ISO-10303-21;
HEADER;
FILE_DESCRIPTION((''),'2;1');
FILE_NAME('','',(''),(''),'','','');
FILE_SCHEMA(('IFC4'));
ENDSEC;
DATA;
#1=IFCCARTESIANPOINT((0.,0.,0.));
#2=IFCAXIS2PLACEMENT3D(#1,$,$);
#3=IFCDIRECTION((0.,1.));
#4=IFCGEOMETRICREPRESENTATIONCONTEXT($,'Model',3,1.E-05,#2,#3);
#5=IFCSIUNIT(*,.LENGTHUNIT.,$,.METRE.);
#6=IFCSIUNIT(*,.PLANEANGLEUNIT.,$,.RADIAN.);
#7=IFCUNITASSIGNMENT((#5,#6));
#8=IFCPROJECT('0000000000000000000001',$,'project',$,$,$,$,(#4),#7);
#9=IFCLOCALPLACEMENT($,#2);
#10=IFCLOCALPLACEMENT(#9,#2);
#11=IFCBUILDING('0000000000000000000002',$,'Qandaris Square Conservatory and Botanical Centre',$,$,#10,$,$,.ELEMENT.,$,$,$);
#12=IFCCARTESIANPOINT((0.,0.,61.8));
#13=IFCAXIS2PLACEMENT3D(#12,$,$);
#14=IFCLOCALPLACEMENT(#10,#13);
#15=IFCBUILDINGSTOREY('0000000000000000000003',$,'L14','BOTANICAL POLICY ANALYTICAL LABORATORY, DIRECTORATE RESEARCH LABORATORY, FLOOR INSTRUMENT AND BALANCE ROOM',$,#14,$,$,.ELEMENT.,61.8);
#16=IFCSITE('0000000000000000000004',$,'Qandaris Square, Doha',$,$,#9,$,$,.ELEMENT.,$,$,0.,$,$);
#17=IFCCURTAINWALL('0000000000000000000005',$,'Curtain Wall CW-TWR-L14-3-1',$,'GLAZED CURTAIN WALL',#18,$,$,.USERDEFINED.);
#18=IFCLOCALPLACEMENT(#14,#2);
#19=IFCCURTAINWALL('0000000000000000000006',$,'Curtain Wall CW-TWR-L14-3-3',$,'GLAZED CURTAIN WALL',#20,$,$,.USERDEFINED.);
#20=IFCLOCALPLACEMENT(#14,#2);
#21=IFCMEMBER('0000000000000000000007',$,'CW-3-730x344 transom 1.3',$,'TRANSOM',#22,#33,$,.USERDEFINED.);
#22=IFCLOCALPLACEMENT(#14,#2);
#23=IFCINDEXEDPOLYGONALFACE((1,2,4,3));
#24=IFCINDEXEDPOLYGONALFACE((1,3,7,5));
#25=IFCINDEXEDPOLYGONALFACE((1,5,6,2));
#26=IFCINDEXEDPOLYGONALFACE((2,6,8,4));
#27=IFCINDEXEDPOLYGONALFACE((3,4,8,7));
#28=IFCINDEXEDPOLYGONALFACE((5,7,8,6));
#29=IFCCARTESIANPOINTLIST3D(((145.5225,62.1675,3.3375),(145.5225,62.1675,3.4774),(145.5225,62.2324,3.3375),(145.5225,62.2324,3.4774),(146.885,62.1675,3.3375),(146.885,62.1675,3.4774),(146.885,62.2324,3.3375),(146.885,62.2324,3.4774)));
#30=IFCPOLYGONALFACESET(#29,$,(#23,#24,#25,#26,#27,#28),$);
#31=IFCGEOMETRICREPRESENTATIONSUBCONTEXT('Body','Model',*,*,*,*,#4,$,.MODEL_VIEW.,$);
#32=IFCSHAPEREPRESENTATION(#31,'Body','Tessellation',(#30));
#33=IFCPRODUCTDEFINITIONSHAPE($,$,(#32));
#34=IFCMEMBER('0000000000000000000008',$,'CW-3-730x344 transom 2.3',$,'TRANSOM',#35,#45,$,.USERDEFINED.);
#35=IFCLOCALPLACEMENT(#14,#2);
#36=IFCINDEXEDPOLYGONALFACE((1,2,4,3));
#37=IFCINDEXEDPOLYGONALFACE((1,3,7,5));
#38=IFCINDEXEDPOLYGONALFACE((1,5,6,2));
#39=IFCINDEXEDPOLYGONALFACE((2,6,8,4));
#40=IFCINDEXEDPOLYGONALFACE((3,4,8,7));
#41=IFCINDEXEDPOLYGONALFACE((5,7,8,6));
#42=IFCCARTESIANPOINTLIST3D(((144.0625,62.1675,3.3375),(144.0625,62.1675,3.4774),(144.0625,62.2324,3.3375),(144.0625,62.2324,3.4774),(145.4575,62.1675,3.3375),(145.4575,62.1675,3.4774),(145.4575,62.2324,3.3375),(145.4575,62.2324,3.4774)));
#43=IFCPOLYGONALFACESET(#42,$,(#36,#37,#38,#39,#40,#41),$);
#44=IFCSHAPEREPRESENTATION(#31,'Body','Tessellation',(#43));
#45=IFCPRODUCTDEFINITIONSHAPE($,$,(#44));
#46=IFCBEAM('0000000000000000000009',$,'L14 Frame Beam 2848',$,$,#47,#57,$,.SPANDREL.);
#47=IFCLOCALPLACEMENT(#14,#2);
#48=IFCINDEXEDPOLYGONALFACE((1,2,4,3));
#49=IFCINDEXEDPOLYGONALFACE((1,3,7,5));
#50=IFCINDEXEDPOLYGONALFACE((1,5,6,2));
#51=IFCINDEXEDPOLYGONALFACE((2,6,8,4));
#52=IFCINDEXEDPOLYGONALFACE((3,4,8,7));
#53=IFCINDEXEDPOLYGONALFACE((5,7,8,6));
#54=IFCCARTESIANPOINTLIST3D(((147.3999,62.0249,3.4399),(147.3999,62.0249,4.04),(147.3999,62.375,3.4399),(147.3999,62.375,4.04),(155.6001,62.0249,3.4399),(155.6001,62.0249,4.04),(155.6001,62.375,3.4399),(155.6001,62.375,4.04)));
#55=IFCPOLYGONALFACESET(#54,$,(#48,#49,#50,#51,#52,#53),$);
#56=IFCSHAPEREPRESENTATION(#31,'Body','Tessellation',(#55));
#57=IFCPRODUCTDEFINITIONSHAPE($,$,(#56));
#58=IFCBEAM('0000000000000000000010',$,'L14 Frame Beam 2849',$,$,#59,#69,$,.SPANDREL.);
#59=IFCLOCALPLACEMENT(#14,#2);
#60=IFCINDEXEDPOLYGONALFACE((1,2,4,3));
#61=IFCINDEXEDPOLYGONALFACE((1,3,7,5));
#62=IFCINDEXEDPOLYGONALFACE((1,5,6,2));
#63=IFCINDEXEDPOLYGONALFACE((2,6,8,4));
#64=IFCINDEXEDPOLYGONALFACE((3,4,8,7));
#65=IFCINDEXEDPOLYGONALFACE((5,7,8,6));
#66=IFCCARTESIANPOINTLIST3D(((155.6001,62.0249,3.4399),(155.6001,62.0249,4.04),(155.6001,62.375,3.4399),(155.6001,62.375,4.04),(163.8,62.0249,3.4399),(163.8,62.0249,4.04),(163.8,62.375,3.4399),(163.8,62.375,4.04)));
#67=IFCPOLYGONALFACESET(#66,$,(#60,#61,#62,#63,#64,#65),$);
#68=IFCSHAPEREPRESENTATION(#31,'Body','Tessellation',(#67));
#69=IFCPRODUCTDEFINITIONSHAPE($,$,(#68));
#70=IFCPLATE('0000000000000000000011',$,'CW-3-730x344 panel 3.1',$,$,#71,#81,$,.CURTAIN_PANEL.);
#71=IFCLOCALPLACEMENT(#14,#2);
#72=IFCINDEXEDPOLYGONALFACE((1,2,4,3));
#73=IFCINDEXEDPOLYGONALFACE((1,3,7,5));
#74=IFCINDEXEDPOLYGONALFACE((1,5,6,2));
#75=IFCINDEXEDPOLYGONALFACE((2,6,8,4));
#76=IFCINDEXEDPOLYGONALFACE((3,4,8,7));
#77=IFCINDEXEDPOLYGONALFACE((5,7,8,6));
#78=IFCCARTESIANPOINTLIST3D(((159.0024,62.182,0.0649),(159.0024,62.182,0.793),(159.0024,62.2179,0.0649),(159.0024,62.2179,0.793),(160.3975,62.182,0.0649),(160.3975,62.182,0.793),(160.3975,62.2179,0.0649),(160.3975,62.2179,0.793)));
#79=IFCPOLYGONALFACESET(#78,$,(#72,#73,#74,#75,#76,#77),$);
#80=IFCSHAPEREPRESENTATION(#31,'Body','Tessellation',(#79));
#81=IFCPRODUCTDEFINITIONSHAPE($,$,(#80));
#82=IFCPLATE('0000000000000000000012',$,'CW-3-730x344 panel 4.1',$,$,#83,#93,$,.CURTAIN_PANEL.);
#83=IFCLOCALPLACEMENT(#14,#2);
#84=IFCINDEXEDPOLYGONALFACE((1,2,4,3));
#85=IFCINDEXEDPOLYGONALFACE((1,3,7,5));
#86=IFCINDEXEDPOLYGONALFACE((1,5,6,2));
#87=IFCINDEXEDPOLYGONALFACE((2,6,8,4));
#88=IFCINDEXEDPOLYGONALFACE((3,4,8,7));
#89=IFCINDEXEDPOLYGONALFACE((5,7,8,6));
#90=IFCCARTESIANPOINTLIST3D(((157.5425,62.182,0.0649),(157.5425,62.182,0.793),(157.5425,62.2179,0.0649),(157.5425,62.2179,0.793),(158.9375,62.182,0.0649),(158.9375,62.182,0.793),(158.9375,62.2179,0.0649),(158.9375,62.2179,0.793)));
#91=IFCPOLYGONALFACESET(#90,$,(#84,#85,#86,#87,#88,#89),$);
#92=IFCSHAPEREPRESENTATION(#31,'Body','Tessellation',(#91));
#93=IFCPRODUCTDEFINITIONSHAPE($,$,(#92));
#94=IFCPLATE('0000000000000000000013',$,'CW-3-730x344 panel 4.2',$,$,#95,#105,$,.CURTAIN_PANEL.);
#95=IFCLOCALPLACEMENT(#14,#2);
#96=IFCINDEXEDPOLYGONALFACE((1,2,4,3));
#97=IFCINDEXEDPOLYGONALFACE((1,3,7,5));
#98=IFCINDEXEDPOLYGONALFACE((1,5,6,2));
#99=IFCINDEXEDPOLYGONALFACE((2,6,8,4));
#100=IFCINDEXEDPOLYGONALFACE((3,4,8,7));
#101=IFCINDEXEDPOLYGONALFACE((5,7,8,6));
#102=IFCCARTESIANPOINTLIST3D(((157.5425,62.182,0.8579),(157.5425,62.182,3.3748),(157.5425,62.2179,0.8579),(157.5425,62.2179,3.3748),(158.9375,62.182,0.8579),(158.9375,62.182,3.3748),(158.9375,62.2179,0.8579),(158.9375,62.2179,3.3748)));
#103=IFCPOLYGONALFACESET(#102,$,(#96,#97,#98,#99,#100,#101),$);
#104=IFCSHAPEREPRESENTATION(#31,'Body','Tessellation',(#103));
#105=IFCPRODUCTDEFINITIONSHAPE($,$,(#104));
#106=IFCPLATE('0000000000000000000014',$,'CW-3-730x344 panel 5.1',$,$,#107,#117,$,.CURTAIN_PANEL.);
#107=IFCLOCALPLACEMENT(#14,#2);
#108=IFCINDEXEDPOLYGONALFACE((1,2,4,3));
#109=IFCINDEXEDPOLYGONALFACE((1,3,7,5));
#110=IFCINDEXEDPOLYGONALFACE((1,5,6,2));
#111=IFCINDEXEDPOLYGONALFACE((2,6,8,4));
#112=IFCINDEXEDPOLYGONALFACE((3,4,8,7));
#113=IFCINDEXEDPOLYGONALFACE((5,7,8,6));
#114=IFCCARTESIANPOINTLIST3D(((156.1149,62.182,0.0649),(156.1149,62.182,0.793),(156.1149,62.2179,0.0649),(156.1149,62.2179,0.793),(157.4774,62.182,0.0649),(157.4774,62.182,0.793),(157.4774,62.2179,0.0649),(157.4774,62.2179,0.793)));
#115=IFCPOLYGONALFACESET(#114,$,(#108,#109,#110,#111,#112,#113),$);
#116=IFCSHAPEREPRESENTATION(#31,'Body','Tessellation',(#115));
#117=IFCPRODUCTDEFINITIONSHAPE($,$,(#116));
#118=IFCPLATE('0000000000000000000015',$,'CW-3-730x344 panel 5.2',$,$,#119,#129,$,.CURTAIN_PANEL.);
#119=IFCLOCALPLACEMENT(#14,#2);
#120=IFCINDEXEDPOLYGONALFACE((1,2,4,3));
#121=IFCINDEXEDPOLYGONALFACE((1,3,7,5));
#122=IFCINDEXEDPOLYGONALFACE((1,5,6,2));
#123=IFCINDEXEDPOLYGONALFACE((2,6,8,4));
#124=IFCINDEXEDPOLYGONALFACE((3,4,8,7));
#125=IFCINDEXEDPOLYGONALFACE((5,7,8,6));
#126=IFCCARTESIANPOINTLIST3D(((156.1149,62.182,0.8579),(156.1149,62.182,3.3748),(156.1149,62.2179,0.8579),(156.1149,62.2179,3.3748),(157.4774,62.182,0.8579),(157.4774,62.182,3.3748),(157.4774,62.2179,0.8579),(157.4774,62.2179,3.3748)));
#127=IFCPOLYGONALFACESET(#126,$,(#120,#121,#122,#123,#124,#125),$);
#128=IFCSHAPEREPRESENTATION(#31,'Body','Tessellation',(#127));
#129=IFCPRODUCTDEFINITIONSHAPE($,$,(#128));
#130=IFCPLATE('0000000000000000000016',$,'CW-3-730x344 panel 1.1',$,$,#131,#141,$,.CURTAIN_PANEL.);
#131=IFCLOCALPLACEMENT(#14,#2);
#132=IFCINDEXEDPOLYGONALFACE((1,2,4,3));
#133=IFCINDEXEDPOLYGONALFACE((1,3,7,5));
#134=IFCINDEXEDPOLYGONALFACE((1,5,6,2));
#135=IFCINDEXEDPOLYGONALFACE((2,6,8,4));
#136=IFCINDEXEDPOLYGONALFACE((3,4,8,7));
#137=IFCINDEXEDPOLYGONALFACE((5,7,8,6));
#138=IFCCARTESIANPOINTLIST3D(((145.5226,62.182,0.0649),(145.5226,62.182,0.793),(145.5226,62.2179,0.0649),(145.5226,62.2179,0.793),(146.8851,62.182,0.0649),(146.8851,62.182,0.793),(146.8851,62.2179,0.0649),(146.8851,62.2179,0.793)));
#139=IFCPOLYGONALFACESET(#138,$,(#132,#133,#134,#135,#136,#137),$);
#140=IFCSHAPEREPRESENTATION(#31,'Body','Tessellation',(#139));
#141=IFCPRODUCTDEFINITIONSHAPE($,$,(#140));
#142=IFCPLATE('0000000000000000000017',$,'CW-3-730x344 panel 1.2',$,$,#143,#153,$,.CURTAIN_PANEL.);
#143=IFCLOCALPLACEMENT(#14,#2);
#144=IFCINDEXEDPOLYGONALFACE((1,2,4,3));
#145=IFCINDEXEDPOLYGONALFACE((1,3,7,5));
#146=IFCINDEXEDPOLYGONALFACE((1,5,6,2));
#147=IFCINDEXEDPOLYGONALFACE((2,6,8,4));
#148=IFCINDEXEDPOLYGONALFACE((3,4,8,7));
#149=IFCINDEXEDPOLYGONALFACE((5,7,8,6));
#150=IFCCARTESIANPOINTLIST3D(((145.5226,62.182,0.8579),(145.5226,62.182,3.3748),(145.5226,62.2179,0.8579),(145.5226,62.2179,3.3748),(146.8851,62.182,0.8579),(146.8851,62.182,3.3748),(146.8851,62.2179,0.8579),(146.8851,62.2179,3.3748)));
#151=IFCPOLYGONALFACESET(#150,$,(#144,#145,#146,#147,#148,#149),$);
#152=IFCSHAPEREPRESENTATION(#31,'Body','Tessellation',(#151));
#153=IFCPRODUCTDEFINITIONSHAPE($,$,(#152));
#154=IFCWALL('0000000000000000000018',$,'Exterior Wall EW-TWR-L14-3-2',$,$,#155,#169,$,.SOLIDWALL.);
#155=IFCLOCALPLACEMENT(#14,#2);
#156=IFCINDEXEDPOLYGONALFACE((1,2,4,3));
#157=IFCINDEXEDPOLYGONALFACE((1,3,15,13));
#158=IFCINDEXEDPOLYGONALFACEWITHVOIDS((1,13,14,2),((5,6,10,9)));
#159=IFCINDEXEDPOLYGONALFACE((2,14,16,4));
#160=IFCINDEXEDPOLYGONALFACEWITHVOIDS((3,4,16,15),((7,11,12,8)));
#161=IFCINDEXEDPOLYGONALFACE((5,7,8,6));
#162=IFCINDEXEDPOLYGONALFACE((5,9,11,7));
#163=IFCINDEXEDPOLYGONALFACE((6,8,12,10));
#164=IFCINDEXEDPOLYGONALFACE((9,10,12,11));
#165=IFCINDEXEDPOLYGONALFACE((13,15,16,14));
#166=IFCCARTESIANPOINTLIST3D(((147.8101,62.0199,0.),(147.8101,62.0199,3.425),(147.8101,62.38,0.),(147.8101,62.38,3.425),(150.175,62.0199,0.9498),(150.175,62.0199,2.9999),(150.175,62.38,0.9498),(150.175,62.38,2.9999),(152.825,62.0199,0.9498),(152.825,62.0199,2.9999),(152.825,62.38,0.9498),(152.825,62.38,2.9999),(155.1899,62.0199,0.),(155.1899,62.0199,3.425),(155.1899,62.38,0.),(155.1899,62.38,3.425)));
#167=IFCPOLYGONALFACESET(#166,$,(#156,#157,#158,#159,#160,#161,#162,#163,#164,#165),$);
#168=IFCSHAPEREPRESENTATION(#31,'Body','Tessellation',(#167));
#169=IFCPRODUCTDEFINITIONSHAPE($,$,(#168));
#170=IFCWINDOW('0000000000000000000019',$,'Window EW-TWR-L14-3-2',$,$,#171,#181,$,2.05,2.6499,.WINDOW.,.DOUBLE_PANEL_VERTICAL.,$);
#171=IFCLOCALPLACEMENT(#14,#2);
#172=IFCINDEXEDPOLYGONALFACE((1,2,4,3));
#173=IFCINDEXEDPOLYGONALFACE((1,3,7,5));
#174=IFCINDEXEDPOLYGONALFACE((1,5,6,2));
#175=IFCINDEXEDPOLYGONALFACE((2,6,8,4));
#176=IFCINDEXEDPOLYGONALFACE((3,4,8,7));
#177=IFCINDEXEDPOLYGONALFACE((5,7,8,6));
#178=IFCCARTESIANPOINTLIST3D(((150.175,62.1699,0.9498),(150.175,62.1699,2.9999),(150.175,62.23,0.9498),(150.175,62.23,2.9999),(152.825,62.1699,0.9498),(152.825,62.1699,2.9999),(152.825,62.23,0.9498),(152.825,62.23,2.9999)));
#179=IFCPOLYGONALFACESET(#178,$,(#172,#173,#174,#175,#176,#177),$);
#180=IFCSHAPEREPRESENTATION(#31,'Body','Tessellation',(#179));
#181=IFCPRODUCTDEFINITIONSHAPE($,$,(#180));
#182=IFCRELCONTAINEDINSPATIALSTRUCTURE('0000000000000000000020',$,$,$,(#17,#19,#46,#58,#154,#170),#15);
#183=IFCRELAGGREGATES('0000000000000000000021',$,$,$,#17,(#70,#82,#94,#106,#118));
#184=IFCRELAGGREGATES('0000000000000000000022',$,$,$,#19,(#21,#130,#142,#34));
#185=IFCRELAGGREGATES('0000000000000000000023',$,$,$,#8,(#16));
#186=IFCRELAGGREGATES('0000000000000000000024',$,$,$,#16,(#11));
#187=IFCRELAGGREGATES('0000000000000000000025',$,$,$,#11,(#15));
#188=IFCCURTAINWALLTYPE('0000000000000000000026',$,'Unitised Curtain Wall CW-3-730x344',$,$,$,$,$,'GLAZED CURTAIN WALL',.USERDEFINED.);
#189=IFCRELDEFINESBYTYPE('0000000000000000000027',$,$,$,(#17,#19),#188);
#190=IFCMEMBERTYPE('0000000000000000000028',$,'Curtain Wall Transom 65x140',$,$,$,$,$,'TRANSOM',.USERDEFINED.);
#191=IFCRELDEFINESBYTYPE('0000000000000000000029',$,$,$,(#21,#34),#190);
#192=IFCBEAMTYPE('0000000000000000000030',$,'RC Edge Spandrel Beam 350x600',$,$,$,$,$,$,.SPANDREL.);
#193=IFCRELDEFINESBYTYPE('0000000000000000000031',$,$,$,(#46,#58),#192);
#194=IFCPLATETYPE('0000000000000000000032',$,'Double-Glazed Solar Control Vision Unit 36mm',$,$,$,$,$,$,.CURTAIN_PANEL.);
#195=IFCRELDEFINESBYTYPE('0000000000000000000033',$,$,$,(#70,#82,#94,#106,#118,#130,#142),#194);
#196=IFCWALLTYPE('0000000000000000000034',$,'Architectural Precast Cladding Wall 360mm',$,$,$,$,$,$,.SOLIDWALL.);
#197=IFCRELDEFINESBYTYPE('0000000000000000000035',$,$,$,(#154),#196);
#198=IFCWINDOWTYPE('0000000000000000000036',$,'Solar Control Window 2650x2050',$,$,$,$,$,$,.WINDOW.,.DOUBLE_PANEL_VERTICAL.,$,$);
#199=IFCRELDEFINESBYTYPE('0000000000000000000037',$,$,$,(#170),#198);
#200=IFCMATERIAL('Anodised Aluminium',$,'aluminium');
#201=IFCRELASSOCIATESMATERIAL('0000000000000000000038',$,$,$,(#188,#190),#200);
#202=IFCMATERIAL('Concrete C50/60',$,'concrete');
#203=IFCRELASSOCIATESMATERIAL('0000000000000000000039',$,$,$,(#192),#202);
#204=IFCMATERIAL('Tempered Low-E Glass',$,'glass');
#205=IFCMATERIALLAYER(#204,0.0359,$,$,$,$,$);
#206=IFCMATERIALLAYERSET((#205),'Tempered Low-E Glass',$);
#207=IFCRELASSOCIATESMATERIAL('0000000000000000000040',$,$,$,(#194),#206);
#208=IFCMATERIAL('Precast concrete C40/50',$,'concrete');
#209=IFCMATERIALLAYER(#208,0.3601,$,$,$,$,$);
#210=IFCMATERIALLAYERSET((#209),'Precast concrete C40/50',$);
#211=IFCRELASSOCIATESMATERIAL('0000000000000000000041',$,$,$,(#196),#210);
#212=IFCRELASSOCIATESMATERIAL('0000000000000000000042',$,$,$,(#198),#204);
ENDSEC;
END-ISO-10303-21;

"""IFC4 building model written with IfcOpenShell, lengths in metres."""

from ifc_helpers import new_model, si_unit, direction, frame, frame_2d, origin, origin_2d, place, context, subcontext, project, spatial, rectangle, extrude, material, layer, layer_set, material_profile, profile_set, type_object, element, fill, aggregate, save


model = new_model("IFC4")

# Units and contexts
model_context = context("Model", 3, precision=1e-05, world=origin(), true_north=direction((0.0, 1.0)))
body_context = subcontext(model_context, "Body", "Model", "MODEL_VIEW")
ifc_project = project(units=[si_unit("LENGTHUNIT", "METRE"), si_unit("PLANEANGLEUNIT", "RADIAN")], contexts=[model_context])

# Site, building, storey
site_placement = place(None, origin())
site = spatial("IfcSite", under=ifc_project, at=site_placement, Name="Qandaris Square, Doha", CompositionType="ELEMENT", RefElevation=0.0)
building_placement = place(site_placement, origin())
building = spatial("IfcBuilding", under=site, at=building_placement, Name="Qandaris Square Conservatory and Botanical Centre", CompositionType="ELEMENT")
storey_placement = place(building_placement, frame((0.0, 0.0, 61.8)))
storey = spatial("IfcBuildingStorey", under=building, at=storey_placement, Name="L14", Description="BOTANICAL POLICY ANALYTICAL LABORATORY, DIRECTORATE RESEARCH LABORATORY, FLOOR INSTRUMENT AND BALANCE ROOM", CompositionType="ELEMENT", Elevation=61.8)

# Shared definitions
ifc_material_1 = material(Name="Concrete C50/60", Category="concrete")

# Curtain walls
ifc_material_2 = material(Name="Anodised Aluminium", Category="aluminium")
curtain_wall_type = type_object("IfcCurtainWallType", Name="Unitised Curtain Wall CW-3-730x344", ElementType="GLAZED CURTAIN WALL", PredefinedType="USERDEFINED", material=ifc_material_2)
curtain_wall_1_placement = place(storey_placement, origin())
curtain_wall_1 = element("IfcCurtainWall", 1, at=curtain_wall_1_placement, inside=storey, type_object=curtain_wall_type, Name="Curtain Wall CW-TWR-L14-3-1", ObjectType="GLAZED CURTAIN WALL", PredefinedType="USERDEFINED")
curtain_wall_2_placement = place(storey_placement, origin())
curtain_wall_2 = element("IfcCurtainWall", 2, at=curtain_wall_2_placement, inside=storey, type_object=curtain_wall_type, Name="Curtain Wall CW-TWR-L14-3-3", ObjectType="GLAZED CURTAIN WALL", PredefinedType="USERDEFINED")

# Members
ifc_material_profile_1 = material_profile(ifc_material_2, rectangle(XDim=0.0649, YDim=0.1399, at=origin_2d()), Name="ALU-TRN 65x140")
ifc_profile_set_1 = profile_set([ifc_material_profile_1], Name="Anodised Aluminium")
member_type_1 = type_object("IfcMemberType", Name="Curtain Wall Transom 65x140", ElementType="TRANSOM", PredefinedType="USERDEFINED", material=ifc_profile_set_1)
member_1_placement = place(storey_placement, frame((146.885, 62.2, 3.4075), z_axis=(-1.0, 0.0, 0.0), x_axis=(0.0, -1.0, 0.0)))
member_1 = element("IfcMember", 3, at=member_1_placement, type_object=member_type_1, Name="CW-3-730x344 transom 1.3", ObjectType="TRANSOM", PredefinedType="USERDEFINED", context=body_context, shape_type="SweptSolid", body=[
    extrude(rectangle(XDim=0.0649, YDim=0.1399, at=origin_2d()), origin(), (0.0, 0.0, 1.0), 1.3625),
])
member_2_placement = place(storey_placement, frame((145.4575, 62.2, 3.4075), z_axis=(-1.0, 0.0, 0.0), x_axis=(0.0, -1.0, 0.0)))
member_2 = element("IfcMember", 4, at=member_2_placement, type_object=member_type_1, Name="CW-3-730x344 transom 2.3", ObjectType="TRANSOM", PredefinedType="USERDEFINED", context=body_context, shape_type="SweptSolid", body=[
    extrude(rectangle(XDim=0.0649, YDim=0.1399, at=origin_2d()), origin(), (0.0, 0.0, 1.0), 1.395),
])

# Beams
ifc_material_profile_2 = material_profile(ifc_material_1, rectangle(XDim=0.3501, YDim=0.6001, at=origin_2d()), Name="RC-SP 350x600")
ifc_profile_set_2 = profile_set([ifc_material_profile_2], Name="Concrete C50/60")
beam_type = type_object("IfcBeamType", Name="RC Edge Spandrel Beam 350x600", PredefinedType="SPANDREL", material=ifc_profile_set_2)
beam_1_placement = place(storey_placement, frame((147.3999, 62.2, 3.74), z_axis=(1.0, 0.0, 0.0), x_axis=(0.0, 1.0, 0.0)))
element("IfcBeam", 5, at=beam_1_placement, inside=storey, type_object=beam_type, Name="L14 Frame Beam 2848", PredefinedType="SPANDREL", context=body_context, shape_type="SweptSolid", body=[
    extrude(rectangle(XDim=0.3501, YDim=0.6001, at=origin_2d()), origin(), (0.0, 0.0, 1.0), 8.2002),
])
beam_2_placement = place(storey_placement, frame((155.6001, 62.2, 3.74), z_axis=(1.0, 0.0, 0.0), x_axis=(0.0, 1.0, 0.0)))
element("IfcBeam", 6, at=beam_2_placement, inside=storey, type_object=beam_type, Name="L14 Frame Beam 2849", PredefinedType="SPANDREL", context=body_context, shape_type="SweptSolid", body=[
    extrude(rectangle(XDim=0.3501, YDim=0.6001, at=origin_2d()), origin(), (0.0, 0.0, 1.0), 8.2),
])

# Plates
ifc_material_3 = material(Name="Tempered Low-E Glass", Category="glass")
ifc_layer_1 = layer(ifc_material_3, 0.0359)
ifc_layer_set_1 = layer_set([ifc_layer_1], Name="Tempered Low-E Glass")
plate_type = type_object("IfcPlateType", Name="Double-Glazed Solar Control Vision Unit 36mm", PredefinedType="CURTAIN_PANEL", material=ifc_layer_set_1)
plate_1_placement = place(storey_placement, frame((159.7, 62.2, 0.0649), z_axis=(0.0, 0.0, 1.0), x_axis=(-1.0, 0.0, 0.0)))
plate_1 = element("IfcPlate", 7, at=plate_1_placement, type_object=plate_type, Name="CW-3-730x344 panel 3.1", PredefinedType="CURTAIN_PANEL", context=body_context, shape_type="SweptSolid", body=[
    extrude(rectangle(XDim=1.395, YDim=0.0359, at=origin_2d()), origin(), (0.0, 0.0, 1.0), 0.728),
])
plate_2_placement = place(storey_placement, frame((158.24, 62.2, 0.0649), z_axis=(0.0, 0.0, 1.0), x_axis=(-1.0, 0.0, 0.0)))
plate_2 = element("IfcPlate", 8, at=plate_2_placement, type_object=plate_type, Name="CW-3-730x344 panel 4.1", PredefinedType="CURTAIN_PANEL", context=body_context, shape_type="SweptSolid", body=[
    extrude(rectangle(XDim=1.395, YDim=0.0359, at=origin_2d()), origin(), (0.0, 0.0, 1.0), 0.728),
])
plate_3_placement = place(storey_placement, frame((158.24, 62.2, 0.8579), z_axis=(0.0, 0.0, 1.0), x_axis=(-1.0, 0.0, 0.0)))
plate_3 = element("IfcPlate", 9, at=plate_3_placement, type_object=plate_type, Name="CW-3-730x344 panel 4.2", PredefinedType="CURTAIN_PANEL", context=body_context, shape_type="SweptSolid", body=[
    extrude(rectangle(XDim=1.395, YDim=0.0359, at=origin_2d()), origin(), (0.0, 0.0, 1.0), 2.5168),
])
plate_4_placement = place(storey_placement, frame((156.7961, 62.2, 0.0649), z_axis=(0.0, 0.0, 1.0), x_axis=(-1.0, 0.0, 0.0)))
plate_4 = element("IfcPlate", 10, at=plate_4_placement, type_object=plate_type, Name="CW-3-730x344 panel 5.1", PredefinedType="CURTAIN_PANEL", context=body_context, shape_type="SweptSolid", body=[
    extrude(rectangle(XDim=1.3625, YDim=0.0359, at=origin_2d()), origin(), (0.0, 0.0, 1.0), 0.728),
])
plate_5_placement = place(storey_placement, frame((156.7961, 62.2, 0.8579), z_axis=(0.0, 0.0, 1.0), x_axis=(-1.0, 0.0, 0.0)))
plate_5 = element("IfcPlate", 11, at=plate_5_placement, type_object=plate_type, Name="CW-3-730x344 panel 5.2", PredefinedType="CURTAIN_PANEL", context=body_context, shape_type="SweptSolid", body=[
    extrude(rectangle(XDim=1.3625, YDim=0.0359, at=origin_2d()), origin(), (0.0, 0.0, 1.0), 2.5168),
])
aggregate(curtain_wall_1, [plate_1, plate_2, plate_3, plate_4, plate_5])
plate_6_placement = place(storey_placement, frame((146.2039, 62.2, 0.0649), z_axis=(0.0, 0.0, 1.0), x_axis=(-1.0, 0.0, 0.0)))
plate_6 = element("IfcPlate", 12, at=plate_6_placement, type_object=plate_type, Name="CW-3-730x344 panel 1.1", PredefinedType="CURTAIN_PANEL", context=body_context, shape_type="SweptSolid", body=[
    extrude(rectangle(XDim=1.3625, YDim=0.0359, at=origin_2d()), origin(), (0.0, 0.0, 1.0), 0.728),
])
plate_7_placement = place(storey_placement, frame((146.2039, 62.2, 0.8579), z_axis=(0.0, 0.0, 1.0), x_axis=(-1.0, 0.0, 0.0)))
plate_7 = element("IfcPlate", 13, at=plate_7_placement, type_object=plate_type, Name="CW-3-730x344 panel 1.2", PredefinedType="CURTAIN_PANEL", context=body_context, shape_type="SweptSolid", body=[
    extrude(rectangle(XDim=1.3625, YDim=0.0359, at=origin_2d()), origin(), (0.0, 0.0, 1.0), 2.5168),
])
aggregate(curtain_wall_2, [member_1, plate_6, plate_7, member_2])

# Wall, opening, window
ifc_material_4 = material(Name="Precast concrete C40/50", Category="concrete")
ifc_layer_2 = layer(ifc_material_4, 0.3601)
ifc_layer_set_2 = layer_set([ifc_layer_2], Name="Precast concrete C40/50")
wall_type = type_object("IfcWallType", Name="Architectural Precast Cladding Wall 360mm", PredefinedType="SOLIDWALL", material=ifc_layer_set_2)
wall_placement = place(storey_placement, frame((155.1899, 62.2, 0.0), z_axis=(0.0, 0.0, 1.0), x_axis=(-1.0, 0.0, 0.0)))
wall = element("IfcWall", 14, at=wall_placement, inside=storey, type_object=wall_type, Name="Exterior Wall EW-TWR-L14-3-2", PredefinedType="SOLIDWALL", context=body_context, shape_type="SweptSolid", body=[
    extrude(rectangle(XDim=7.3799, YDim=0.3601, at=frame_2d((3.6899, 0.0))), origin(), (0.0, 0.0, 1.0), 3.425),
])
opening_placement = place(wall_placement, frame((2.365, 0.0, 0.95)))
opening = element("IfcOpeningElement", 15, at=opening_placement, cuts=wall, PredefinedType="OPENING", context=body_context, shape_type="SweptSolid", body=[
    extrude(rectangle(XDim=2.6499, YDim=2.05, at=frame_2d((1.325, 1.0249))), frame((0.0, 0.1919, 0.0), z_axis=(0.0, -1.0, 0.0), x_axis=(1.0, 0.0, 0.0)), (0.0, 0.0, 1.0), 0.384),
])
window_type = type_object("IfcWindowType", Name="Solar Control Window 2650x2050", PartitioningType="DOUBLE_PANEL_VERTICAL", PredefinedType="WINDOW", material=ifc_material_3)
window_placement = place(opening_placement, origin())
window = element("IfcWindow", 16, at=window_placement, inside=storey, type_object=window_type, Name="Window EW-TWR-L14-3-2", OverallHeight=2.05, OverallWidth=2.6499, PartitioningType="DOUBLE_PANEL_VERTICAL", PredefinedType="WINDOW", context=body_context, shape_type="SweptSolid", body=[
    extrude(rectangle(XDim=2.6499, YDim=2.05, at=frame_2d((1.325, 1.0249))), frame((0.0, 0.03, 0.0), z_axis=(0.0, -1.0, 0.0), x_axis=(1.0, 0.0, 0.0)), (0.0, 0.0, 1.0), 0.0601),
])
fill(opening, window)

save(model, "model.ifc")
